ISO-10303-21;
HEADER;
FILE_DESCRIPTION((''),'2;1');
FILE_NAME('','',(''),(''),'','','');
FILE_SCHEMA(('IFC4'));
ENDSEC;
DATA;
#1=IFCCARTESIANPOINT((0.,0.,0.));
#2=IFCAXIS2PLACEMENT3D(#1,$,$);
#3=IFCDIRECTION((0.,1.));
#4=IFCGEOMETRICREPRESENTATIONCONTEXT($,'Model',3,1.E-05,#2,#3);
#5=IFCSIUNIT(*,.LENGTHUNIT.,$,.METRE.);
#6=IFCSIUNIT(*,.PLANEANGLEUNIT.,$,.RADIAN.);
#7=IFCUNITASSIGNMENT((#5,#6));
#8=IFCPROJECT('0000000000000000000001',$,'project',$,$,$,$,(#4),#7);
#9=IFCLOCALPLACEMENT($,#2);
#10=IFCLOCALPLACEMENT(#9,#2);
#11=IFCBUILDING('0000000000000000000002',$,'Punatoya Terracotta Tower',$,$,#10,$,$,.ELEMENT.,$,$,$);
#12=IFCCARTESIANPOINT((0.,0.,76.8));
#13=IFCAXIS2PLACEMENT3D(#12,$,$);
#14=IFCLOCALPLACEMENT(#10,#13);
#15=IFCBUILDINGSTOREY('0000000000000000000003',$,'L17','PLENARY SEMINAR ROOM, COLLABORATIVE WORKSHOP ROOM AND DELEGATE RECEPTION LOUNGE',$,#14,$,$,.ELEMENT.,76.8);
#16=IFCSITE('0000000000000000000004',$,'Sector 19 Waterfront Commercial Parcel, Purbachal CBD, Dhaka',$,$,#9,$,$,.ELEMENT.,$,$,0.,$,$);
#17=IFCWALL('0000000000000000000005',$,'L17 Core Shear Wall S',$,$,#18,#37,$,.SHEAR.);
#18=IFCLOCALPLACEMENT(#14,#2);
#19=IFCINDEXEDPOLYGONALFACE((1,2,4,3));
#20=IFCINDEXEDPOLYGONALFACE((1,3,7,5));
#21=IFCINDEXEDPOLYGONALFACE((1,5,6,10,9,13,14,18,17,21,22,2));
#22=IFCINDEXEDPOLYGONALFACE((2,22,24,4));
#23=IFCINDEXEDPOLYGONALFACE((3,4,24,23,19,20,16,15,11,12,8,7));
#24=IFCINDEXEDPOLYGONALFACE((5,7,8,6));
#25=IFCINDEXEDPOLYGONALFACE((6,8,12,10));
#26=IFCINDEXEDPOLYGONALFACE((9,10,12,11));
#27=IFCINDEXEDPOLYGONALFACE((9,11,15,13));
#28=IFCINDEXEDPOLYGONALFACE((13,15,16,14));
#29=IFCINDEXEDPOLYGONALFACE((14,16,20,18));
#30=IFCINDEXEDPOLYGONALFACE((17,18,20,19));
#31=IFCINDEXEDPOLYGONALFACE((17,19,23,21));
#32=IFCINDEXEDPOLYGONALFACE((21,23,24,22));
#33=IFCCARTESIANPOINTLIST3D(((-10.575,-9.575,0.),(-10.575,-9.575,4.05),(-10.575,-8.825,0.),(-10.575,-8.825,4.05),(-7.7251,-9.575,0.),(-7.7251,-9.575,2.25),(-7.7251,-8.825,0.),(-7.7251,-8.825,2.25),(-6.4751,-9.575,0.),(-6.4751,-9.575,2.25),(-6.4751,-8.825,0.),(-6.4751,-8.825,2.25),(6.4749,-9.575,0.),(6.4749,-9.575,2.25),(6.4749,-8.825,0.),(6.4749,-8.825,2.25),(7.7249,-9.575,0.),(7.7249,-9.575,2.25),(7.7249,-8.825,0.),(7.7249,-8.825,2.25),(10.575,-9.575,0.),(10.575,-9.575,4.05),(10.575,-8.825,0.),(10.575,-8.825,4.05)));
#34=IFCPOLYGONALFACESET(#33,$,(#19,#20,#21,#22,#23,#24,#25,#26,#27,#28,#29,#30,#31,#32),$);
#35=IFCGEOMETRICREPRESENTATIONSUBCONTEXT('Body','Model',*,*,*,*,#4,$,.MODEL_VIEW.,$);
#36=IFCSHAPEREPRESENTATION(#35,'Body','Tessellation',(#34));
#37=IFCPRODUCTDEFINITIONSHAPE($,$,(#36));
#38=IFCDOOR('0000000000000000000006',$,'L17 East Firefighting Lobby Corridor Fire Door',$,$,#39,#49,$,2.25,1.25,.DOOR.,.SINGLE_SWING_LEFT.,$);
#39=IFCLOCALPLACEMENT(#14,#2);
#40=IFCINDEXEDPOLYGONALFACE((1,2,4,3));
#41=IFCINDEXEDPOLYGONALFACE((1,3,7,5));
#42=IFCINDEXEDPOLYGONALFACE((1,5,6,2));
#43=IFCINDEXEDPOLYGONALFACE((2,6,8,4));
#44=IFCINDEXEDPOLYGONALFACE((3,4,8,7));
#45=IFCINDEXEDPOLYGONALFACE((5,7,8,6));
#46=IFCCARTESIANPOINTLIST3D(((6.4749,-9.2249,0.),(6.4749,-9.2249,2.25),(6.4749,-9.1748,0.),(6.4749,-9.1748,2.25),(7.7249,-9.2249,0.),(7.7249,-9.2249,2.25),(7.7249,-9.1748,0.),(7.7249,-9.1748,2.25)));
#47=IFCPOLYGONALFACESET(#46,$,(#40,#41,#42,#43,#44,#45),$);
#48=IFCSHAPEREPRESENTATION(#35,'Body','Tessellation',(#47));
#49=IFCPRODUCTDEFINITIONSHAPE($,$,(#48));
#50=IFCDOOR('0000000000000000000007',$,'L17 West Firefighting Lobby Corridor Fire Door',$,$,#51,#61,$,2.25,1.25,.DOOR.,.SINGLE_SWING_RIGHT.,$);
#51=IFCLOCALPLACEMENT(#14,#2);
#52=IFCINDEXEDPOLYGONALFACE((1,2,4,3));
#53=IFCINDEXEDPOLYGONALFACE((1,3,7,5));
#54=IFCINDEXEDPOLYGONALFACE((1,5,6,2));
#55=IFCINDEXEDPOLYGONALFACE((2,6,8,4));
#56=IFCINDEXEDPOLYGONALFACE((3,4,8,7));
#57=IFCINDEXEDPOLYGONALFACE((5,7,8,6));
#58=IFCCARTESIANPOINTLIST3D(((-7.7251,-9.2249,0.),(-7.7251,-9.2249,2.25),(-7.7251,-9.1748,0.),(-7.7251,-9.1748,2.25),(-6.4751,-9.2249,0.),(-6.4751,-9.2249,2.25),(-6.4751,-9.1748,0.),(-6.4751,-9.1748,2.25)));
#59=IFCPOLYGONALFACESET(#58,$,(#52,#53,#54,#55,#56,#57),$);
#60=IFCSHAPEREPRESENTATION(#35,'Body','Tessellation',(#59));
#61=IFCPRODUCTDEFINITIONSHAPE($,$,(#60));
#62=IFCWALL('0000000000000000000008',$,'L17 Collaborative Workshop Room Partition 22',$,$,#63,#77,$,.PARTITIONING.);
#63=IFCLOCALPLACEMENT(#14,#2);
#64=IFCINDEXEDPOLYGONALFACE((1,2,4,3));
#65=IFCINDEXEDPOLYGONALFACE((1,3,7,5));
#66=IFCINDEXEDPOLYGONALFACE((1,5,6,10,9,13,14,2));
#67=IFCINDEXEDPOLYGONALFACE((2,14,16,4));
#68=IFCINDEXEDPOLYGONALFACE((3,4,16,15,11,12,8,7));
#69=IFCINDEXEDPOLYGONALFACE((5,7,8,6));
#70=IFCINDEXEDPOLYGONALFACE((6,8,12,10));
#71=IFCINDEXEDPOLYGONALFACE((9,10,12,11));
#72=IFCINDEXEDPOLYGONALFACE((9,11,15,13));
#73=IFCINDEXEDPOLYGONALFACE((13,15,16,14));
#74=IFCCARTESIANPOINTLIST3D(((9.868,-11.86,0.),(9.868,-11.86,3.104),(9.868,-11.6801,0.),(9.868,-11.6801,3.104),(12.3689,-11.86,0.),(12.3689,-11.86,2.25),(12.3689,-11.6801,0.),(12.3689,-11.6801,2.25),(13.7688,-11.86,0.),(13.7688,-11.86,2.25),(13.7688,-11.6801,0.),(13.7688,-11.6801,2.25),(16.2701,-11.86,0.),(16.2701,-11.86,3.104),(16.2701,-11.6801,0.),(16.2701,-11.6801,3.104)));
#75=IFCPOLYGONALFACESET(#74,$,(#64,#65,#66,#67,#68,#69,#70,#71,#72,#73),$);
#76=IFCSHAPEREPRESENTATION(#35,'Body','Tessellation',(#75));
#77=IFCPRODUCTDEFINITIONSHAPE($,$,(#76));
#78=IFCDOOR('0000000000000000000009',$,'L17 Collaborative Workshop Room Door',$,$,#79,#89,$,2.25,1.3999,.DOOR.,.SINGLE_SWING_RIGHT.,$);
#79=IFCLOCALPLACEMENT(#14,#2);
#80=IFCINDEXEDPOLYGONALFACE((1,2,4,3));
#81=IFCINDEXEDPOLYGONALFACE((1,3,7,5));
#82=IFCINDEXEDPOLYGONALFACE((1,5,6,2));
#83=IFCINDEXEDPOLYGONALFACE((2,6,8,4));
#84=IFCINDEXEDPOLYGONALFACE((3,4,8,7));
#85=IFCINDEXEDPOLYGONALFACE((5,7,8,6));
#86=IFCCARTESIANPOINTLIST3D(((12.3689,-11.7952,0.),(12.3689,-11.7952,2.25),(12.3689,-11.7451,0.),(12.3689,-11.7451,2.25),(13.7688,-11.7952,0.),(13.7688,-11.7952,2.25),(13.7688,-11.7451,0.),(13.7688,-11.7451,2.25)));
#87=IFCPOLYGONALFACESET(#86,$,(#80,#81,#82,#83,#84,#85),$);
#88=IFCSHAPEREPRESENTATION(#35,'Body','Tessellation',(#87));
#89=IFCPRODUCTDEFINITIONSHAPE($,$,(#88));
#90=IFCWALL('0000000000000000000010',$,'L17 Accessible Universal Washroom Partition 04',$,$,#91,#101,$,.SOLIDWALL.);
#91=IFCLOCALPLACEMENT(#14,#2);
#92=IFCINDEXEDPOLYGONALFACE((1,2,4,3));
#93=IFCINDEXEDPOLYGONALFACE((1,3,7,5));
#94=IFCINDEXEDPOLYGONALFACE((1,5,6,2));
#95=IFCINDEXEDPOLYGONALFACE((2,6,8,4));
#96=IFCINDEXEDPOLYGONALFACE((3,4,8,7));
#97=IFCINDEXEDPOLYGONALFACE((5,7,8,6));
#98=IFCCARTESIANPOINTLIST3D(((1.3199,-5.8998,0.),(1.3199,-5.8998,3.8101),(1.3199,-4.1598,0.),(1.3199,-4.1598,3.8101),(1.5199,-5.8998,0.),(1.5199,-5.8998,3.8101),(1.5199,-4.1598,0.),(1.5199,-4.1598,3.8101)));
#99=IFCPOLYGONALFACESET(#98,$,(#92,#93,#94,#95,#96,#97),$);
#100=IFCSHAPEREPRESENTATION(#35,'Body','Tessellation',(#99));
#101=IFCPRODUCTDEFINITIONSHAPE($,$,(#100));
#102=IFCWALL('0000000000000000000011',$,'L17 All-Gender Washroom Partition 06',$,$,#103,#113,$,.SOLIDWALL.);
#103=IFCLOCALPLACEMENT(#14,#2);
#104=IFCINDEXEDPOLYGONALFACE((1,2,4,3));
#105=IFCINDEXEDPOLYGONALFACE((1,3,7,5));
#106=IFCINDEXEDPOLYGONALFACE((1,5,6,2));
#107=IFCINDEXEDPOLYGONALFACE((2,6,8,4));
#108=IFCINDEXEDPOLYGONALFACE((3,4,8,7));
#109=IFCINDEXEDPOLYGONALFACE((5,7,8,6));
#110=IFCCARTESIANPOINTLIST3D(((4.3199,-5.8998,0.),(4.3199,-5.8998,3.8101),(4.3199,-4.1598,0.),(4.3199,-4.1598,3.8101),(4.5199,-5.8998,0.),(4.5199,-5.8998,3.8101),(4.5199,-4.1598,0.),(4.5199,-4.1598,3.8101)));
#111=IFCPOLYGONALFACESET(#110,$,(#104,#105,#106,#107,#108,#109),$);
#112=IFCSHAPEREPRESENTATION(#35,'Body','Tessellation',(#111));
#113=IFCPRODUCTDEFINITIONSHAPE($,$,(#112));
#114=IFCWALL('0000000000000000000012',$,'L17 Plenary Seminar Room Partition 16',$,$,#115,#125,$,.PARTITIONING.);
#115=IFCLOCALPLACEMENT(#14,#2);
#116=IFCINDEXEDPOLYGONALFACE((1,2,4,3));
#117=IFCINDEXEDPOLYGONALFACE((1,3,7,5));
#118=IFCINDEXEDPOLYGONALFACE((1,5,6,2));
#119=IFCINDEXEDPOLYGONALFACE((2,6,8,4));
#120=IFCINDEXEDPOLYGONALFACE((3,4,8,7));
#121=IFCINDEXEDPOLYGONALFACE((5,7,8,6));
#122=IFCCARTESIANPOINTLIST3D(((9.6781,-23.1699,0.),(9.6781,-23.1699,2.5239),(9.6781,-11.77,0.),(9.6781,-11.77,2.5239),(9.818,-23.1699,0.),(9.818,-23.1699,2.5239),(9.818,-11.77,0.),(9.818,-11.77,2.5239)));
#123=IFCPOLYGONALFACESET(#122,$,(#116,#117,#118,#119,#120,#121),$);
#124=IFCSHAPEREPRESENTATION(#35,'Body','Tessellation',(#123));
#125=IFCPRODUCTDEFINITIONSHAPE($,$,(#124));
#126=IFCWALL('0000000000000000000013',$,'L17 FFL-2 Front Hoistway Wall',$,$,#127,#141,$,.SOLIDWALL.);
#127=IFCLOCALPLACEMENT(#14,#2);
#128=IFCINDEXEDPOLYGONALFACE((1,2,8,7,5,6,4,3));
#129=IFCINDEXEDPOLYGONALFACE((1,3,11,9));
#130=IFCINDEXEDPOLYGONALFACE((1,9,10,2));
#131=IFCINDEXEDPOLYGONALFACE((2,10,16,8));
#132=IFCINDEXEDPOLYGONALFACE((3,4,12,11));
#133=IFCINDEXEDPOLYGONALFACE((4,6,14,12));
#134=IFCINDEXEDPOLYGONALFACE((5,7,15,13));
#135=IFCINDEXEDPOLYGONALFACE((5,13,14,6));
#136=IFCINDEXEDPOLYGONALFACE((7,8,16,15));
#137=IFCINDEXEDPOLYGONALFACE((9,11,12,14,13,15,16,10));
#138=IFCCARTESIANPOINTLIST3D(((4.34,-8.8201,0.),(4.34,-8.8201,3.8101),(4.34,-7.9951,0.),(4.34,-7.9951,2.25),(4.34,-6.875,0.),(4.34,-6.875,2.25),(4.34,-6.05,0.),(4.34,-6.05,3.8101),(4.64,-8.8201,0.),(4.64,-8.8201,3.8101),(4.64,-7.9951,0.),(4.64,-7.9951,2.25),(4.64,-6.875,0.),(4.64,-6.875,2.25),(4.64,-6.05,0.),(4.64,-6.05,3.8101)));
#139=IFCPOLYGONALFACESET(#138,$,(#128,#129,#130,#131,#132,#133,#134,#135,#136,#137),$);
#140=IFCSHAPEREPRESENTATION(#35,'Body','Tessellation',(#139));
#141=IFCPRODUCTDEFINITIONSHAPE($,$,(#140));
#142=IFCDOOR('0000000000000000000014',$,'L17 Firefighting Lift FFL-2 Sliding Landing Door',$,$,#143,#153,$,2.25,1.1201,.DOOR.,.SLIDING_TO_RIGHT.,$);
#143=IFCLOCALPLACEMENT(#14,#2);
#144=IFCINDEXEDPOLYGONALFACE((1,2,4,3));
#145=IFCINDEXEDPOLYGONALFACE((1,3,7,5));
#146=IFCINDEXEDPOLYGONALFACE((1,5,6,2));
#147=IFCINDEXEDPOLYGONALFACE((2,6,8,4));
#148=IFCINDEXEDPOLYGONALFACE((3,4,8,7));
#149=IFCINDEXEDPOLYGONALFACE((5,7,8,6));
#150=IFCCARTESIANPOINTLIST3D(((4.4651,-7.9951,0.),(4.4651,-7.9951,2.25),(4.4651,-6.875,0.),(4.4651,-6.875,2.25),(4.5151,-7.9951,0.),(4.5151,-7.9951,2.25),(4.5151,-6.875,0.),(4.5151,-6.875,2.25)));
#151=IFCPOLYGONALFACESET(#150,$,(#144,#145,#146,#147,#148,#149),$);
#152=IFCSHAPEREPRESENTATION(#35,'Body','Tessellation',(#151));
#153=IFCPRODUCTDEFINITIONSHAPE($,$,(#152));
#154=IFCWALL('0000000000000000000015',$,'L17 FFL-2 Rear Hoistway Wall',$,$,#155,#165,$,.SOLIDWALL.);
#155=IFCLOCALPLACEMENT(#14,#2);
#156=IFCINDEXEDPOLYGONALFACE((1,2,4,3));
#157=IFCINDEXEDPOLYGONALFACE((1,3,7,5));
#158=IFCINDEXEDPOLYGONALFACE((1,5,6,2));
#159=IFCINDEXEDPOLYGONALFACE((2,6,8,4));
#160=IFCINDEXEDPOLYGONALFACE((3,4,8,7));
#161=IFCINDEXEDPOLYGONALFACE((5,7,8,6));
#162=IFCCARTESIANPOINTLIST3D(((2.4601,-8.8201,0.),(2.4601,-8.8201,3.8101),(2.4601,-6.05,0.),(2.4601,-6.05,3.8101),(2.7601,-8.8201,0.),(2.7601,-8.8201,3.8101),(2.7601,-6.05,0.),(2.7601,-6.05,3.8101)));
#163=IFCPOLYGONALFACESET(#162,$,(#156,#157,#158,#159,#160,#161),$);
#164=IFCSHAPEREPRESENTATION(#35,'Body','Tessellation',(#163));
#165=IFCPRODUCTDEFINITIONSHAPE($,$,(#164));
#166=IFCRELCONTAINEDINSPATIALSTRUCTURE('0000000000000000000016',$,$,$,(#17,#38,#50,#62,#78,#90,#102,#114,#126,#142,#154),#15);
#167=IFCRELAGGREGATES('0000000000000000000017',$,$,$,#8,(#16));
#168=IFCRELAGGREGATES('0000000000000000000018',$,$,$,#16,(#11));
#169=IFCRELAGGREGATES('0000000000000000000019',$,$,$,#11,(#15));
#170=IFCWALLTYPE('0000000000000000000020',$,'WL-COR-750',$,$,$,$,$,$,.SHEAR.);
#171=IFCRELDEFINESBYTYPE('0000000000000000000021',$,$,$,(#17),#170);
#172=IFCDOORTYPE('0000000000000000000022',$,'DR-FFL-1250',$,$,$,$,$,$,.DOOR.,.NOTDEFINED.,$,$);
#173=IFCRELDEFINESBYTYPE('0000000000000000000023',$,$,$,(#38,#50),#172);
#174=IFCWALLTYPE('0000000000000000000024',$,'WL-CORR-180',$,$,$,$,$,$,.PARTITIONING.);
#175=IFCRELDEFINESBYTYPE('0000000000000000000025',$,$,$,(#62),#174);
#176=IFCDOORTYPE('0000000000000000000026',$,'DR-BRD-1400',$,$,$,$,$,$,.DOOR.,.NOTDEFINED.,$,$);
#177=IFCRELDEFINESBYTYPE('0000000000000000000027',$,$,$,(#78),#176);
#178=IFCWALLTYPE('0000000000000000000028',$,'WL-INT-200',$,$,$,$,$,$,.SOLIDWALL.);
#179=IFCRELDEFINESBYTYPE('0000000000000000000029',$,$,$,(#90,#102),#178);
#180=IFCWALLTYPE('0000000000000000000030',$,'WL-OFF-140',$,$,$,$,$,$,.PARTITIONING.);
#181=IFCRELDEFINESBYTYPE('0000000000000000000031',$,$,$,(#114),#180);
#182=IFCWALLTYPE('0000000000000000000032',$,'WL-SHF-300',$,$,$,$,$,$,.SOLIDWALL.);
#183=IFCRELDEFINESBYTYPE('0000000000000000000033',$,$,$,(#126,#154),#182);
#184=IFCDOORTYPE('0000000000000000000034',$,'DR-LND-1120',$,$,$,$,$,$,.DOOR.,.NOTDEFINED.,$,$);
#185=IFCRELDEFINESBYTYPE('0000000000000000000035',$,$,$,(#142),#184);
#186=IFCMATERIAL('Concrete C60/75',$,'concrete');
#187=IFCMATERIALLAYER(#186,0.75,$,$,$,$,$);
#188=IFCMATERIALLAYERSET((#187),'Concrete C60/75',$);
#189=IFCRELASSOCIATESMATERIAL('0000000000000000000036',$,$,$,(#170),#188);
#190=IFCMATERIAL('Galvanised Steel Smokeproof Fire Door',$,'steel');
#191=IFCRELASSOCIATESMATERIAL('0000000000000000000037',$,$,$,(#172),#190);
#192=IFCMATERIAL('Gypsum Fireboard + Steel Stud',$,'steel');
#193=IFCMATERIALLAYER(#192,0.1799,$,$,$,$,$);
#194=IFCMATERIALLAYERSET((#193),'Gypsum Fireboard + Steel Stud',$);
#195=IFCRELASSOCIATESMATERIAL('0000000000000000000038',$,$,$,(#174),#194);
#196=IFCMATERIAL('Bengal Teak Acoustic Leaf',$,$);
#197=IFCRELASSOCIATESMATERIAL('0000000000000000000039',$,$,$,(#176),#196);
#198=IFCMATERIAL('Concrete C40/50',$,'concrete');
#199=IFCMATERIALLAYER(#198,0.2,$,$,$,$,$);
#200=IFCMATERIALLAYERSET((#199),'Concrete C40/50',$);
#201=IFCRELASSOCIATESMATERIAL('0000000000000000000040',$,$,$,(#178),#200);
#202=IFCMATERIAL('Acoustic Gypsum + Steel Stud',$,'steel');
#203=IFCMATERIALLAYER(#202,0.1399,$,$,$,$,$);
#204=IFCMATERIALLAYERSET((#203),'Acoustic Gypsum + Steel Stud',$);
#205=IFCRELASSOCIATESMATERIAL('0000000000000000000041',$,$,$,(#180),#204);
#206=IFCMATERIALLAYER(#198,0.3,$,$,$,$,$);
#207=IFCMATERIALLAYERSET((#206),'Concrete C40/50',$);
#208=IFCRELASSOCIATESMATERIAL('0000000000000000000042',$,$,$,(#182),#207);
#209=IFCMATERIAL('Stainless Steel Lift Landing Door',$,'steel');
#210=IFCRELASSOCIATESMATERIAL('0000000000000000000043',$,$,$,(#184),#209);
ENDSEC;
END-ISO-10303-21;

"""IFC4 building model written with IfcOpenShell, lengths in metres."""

from ifc_helpers import new_model, si_unit, direction, frame, frame_2d, origin, place, context, subcontext, project, spatial, rectangle, extrude, material, layer, layer_set, type_object, element, fill, save


model = new_model("IFC4")

# Units and contexts
model_context = context("Model", 3, precision=1e-05, world=origin(), true_north=direction((0.0, 1.0)))
body_context = subcontext(model_context, "Body", "Model", "MODEL_VIEW")
ifc_project = project(units=[si_unit("LENGTHUNIT", "METRE"), si_unit("PLANEANGLEUNIT", "RADIAN")], contexts=[model_context])

# Site, building, storey
site_placement = place(None, origin())
site = spatial("IfcSite", under=ifc_project, at=site_placement, Name="Sector 19 Waterfront Commercial Parcel, Purbachal CBD, Dhaka", CompositionType="ELEMENT", RefElevation=0.0)
building_placement = place(site_placement, origin())
building = spatial("IfcBuilding", under=site, at=building_placement, Name="Punatoya Terracotta Tower", CompositionType="ELEMENT")
storey_placement = place(building_placement, frame((0.0, 0.0, 76.8)))
storey = spatial("IfcBuildingStorey", under=building, at=storey_placement, Name="L17", Description="PLENARY SEMINAR ROOM, COLLABORATIVE WORKSHOP ROOM AND DELEGATE RECEPTION LOUNGE", CompositionType="ELEMENT", Elevation=76.8)

# Wall, openings, doors
ifc_material_1 = material(Name="Concrete C60/75", Category="concrete")
ifc_layer_1 = layer(ifc_material_1, 0.75)
ifc_layer_set_1 = layer_set([ifc_layer_1], Name="Concrete C60/75")
wall_type_1 = type_object("IfcWallType", Name="WL-COR-750", PredefinedType="SHEAR", material=ifc_layer_set_1)
wall_1_placement = place(storey_placement, frame((10.575, -9.2, 0.0), z_axis=(0.0, 0.0, 1.0), x_axis=(-1.0, 0.0, 0.0)))
wall_1 = element("IfcWall", 1, at=wall_1_placement, inside=storey, type_object=wall_type_1, Name="L17 Core Shear Wall S", PredefinedType="SHEAR", context=body_context, shape_type="SweptSolid", body=[
    extrude(rectangle(XDim=21.1499, YDim=0.75, at=frame_2d((10.575, 0.0))), origin(), (0.0, 0.0, 1.0), 4.05),
])
opening_1_placement = place(wall_1_placement, frame((2.8501, 0.0, 0.0)))
opening_1 = element("IfcOpeningElement", 2, at=opening_1_placement, cuts=wall_1, PredefinedType="OPENING", context=body_context, shape_type="SweptSolid", body=[
    extrude(rectangle(XDim=1.25, YDim=2.25, at=frame_2d((0.625, 1.125))), frame((0.0, 0.385, 0.0), z_axis=(0.0, -1.0, 0.0), x_axis=(1.0, 0.0, 0.0)), (0.0, 0.0, 1.0), 0.77),
])
opening_2_placement = place(wall_1_placement, frame((17.05, 0.0, 0.0)))
opening_2 = element("IfcOpeningElement", 3, at=opening_2_placement, cuts=wall_1, PredefinedType="OPENING", context=body_context, shape_type="SweptSolid", body=[
    extrude(rectangle(XDim=1.25, YDim=2.25, at=frame_2d((0.625, 1.125))), frame((0.0, 0.385, 0.0), z_axis=(0.0, -1.0, 0.0), x_axis=(1.0, 0.0, 0.0)), (0.0, 0.0, 1.0), 0.77),
])
ifc_material_2 = material(Name="Galvanised Steel Smokeproof Fire Door", Category="steel")
door_type_1 = type_object("IfcDoorType", Name="DR-FFL-1250", OperationType="NOTDEFINED", PredefinedType="DOOR", material=ifc_material_2)
door_1_placement = place(opening_1_placement, origin())
door_1 = element("IfcDoor", 4, at=door_1_placement, inside=storey, type_object=door_type_1, Name="L17 East Firefighting Lobby Corridor Fire Door", OperationType="SINGLE_SWING_LEFT", OverallHeight=2.25, OverallWidth=1.25, PredefinedType="DOOR", context=body_context, shape_type="SweptSolid", body=[
    extrude(rectangle(XDim=1.25, YDim=2.25, at=frame_2d((0.625, 1.125))), frame((0.0, 0.0249, 0.0), z_axis=(0.0, -1.0, 0.0), x_axis=(1.0, 0.0, 0.0)), (0.0, 0.0, 1.0), 0.05),
])
fill(opening_1, door_1)
door_2_placement = place(opening_2_placement, origin())
door_2 = element("IfcDoor", 5, at=door_2_placement, inside=storey, type_object=door_type_1, Name="L17 West Firefighting Lobby Corridor Fire Door", OperationType="SINGLE_SWING_RIGHT", OverallHeight=2.25, OverallWidth=1.25, PredefinedType="DOOR", context=body_context, shape_type="SweptSolid", body=[
    extrude(rectangle(XDim=1.25, YDim=2.25, at=frame_2d((0.625, 1.125))), frame((0.0, 0.0249, 0.0), z_axis=(0.0, -1.0, 0.0), x_axis=(1.0, 0.0, 0.0)), (0.0, 0.0, 1.0), 0.05),
])
fill(opening_2, door_2)

# Wall, opening, door
ifc_material_3 = material(Name="Gypsum Fireboard + Steel Stud", Category="steel")
ifc_layer_2 = layer(ifc_material_3, 0.1799)
ifc_layer_set_2 = layer_set([ifc_layer_2], Name="Gypsum Fireboard + Steel Stud")
wall_type_2 = type_object("IfcWallType", Name="WL-CORR-180", PredefinedType="PARTITIONING", material=ifc_layer_set_2)
wall_2_placement = place(storey_placement, frame((9.8679, -11.77, 0.0), z_axis=(0.0, 0.0, 1.0), x_axis=(1.0, 0.0, 0.0)))
wall_2 = element("IfcWall", 6, at=wall_2_placement, inside=storey, type_object=wall_type_2, Name="L17 Collaborative Workshop Room Partition 22", PredefinedType="PARTITIONING", context=body_context, shape_type="SweptSolid", body=[
    extrude(rectangle(XDim=6.4021, YDim=0.1799, at=frame_2d((3.2012, 0.0))), origin(), (0.0, 0.0, 1.0), 3.104),
])
opening_3_placement = place(wall_2_placement, frame((2.501, 0.0, 0.0)))
opening_3 = element("IfcOpeningElement", 7, at=opening_3_placement, cuts=wall_2, PredefinedType="OPENING", context=body_context, shape_type="SweptSolid", body=[
    extrude(rectangle(XDim=1.3999, YDim=2.25, at=frame_2d((0.7, 1.125))), frame((0.0, 0.0999, 0.0), z_axis=(0.0, -1.0, 0.0), x_axis=(1.0, 0.0, 0.0)), (0.0, 0.0, 1.0), 0.2),
])
ifc_material_4 = material(Name="Bengal Teak Acoustic Leaf")
door_type_2 = type_object("IfcDoorType", Name="DR-BRD-1400", OperationType="NOTDEFINED", PredefinedType="DOOR", material=ifc_material_4)
door_3_placement = place(opening_3_placement, origin())
door_3 = element("IfcDoor", 8, at=door_3_placement, inside=storey, type_object=door_type_2, Name="L17 Collaborative Workshop Room Door", OperationType="SINGLE_SWING_RIGHT", OverallHeight=2.25, OverallWidth=1.3999, PredefinedType="DOOR", context=body_context, shape_type="SweptSolid", body=[
    extrude(rectangle(XDim=1.3999, YDim=2.25, at=frame_2d((0.7, 1.125))), frame((0.0, 0.0249, 0.0), z_axis=(0.0, -1.0, 0.0), x_axis=(1.0, 0.0, 0.0)), (0.0, 0.0, 1.0), 0.05),
])
fill(opening_3, door_3)

# Wall
ifc_material_5 = material(Name="Concrete C40/50", Category="concrete")
ifc_layer_3 = layer(ifc_material_5, 0.2)
ifc_layer_set_3 = layer_set([ifc_layer_3], Name="Concrete C40/50")
wall_type_3 = type_object("IfcWallType", Name="WL-INT-200", PredefinedType="SOLIDWALL", material=ifc_layer_set_3)
wall_3_placement = place(storey_placement, frame((1.4199, -5.8999, 0.0), z_axis=(0.0, 0.0, 1.0), x_axis=(0.0, 1.0, 0.0)))
element("IfcWall", 9, at=wall_3_placement, inside=storey, type_object=wall_type_3, Name="L17 Accessible Universal Washroom Partition 04", PredefinedType="SOLIDWALL", context=body_context, shape_type="SweptSolid", body=[
    extrude(rectangle(XDim=1.74, YDim=0.2, at=frame_2d((0.8701, 0.0))), origin(), (0.0, 0.0, 1.0), 3.8101),
])

# Wall
wall_4_placement = place(storey_placement, frame((4.4199, -5.8999, 0.0), z_axis=(0.0, 0.0, 1.0), x_axis=(0.0, 1.0, 0.0)))
element("IfcWall", 10, at=wall_4_placement, inside=storey, type_object=wall_type_3, Name="L17 All-Gender Washroom Partition 06", PredefinedType="SOLIDWALL", context=body_context, shape_type="SweptSolid", body=[
    extrude(rectangle(XDim=1.74, YDim=0.2, at=frame_2d((0.8701, 0.0))), origin(), (0.0, 0.0, 1.0), 3.8101),
])

# Wall
ifc_material_6 = material(Name="Acoustic Gypsum + Steel Stud", Category="steel")
ifc_layer_4 = layer(ifc_material_6, 0.1399)
ifc_layer_set_4 = layer_set([ifc_layer_4], Name="Acoustic Gypsum + Steel Stud")
wall_type_4 = type_object("IfcWallType", Name="WL-OFF-140", PredefinedType="PARTITIONING", material=ifc_layer_set_4)
wall_5_placement = place(storey_placement, frame((9.748, -11.77, 0.0), z_axis=(0.0, 0.0, 1.0), x_axis=(0.0, -1.0, 0.0)))
element("IfcWall", 11, at=wall_5_placement, inside=storey, type_object=wall_type_4, Name="L17 Plenary Seminar Room Partition 16", PredefinedType="PARTITIONING", context=body_context, shape_type="SweptSolid", body=[
    extrude(rectangle(XDim=11.3999, YDim=0.1399, at=frame_2d((5.7, 0.0))), origin(), (0.0, 0.0, 1.0), 2.5239),
])

# Wall, opening, door
ifc_layer_5 = layer(ifc_material_5, 0.3)
ifc_layer_set_5 = layer_set([ifc_layer_5], Name="Concrete C40/50")
wall_type_5 = type_object("IfcWallType", Name="WL-SHF-300", PredefinedType="SOLIDWALL", material=ifc_layer_set_5)
wall_6_placement = place(storey_placement, frame((4.49, -8.8201, 0.0), z_axis=(0.0, 0.0, 1.0), x_axis=(0.0, 1.0, 0.0)))
wall_6 = element("IfcWall", 12, at=wall_6_placement, inside=storey, type_object=wall_type_5, Name="L17 FFL-2 Front Hoistway Wall", PredefinedType="SOLIDWALL", context=body_context, shape_type="SweptSolid", body=[
    extrude(rectangle(XDim=2.77, YDim=0.3, at=frame_2d((1.385, 0.0))), origin(), (0.0, 0.0, 1.0), 3.8101),
])
opening_4_placement = place(wall_6_placement, frame((0.825, 0.0, 0.0)))
opening_4 = element("IfcOpeningElement", 13, at=opening_4_placement, cuts=wall_6, PredefinedType="OPENING", context=body_context, shape_type="SweptSolid", body=[
    extrude(rectangle(XDim=1.1201, YDim=2.25, at=frame_2d((0.5601, 1.125))), frame((0.0, 0.1599, 0.0), z_axis=(0.0, -1.0, 0.0), x_axis=(1.0, 0.0, 0.0)), (0.0, 0.0, 1.0), 0.3201),
])
ifc_material_7 = material(Name="Stainless Steel Lift Landing Door", Category="steel")
door_type_3 = type_object("IfcDoorType", Name="DR-LND-1120", OperationType="NOTDEFINED", PredefinedType="DOOR", material=ifc_material_7)
door_4_placement = place(opening_4_placement, origin())
door_4 = element("IfcDoor", 14, at=door_4_placement, inside=storey, type_object=door_type_3, Name="L17 Firefighting Lift FFL-2 Sliding Landing Door", OperationType="SLIDING_TO_RIGHT", OverallHeight=2.25, OverallWidth=1.1201, PredefinedType="DOOR", context=body_context, shape_type="SweptSolid", body=[
    extrude(rectangle(XDim=1.1201, YDim=2.25, at=frame_2d((0.5601, 1.125))), frame((0.0, 0.0249, 0.0), z_axis=(0.0, -1.0, 0.0), x_axis=(1.0, 0.0, 0.0)), (0.0, 0.0, 1.0), 0.05),
])
fill(opening_4, door_4)

# Wall
wall_7_placement = place(storey_placement, frame((2.6101, -8.8201, 0.0), z_axis=(0.0, 0.0, 1.0), x_axis=(0.0, 1.0, 0.0)))
element("IfcWall", 15, at=wall_7_placement, inside=storey, type_object=wall_type_5, Name="L17 FFL-2 Rear Hoistway Wall", PredefinedType="SOLIDWALL", context=body_context, shape_type="SweptSolid", body=[
    extrude(rectangle(XDim=2.77, YDim=0.3, at=frame_2d((1.385, 0.0))), origin(), (0.0, 0.0, 1.0), 3.8101),
])

save(model, "model.ifc")
